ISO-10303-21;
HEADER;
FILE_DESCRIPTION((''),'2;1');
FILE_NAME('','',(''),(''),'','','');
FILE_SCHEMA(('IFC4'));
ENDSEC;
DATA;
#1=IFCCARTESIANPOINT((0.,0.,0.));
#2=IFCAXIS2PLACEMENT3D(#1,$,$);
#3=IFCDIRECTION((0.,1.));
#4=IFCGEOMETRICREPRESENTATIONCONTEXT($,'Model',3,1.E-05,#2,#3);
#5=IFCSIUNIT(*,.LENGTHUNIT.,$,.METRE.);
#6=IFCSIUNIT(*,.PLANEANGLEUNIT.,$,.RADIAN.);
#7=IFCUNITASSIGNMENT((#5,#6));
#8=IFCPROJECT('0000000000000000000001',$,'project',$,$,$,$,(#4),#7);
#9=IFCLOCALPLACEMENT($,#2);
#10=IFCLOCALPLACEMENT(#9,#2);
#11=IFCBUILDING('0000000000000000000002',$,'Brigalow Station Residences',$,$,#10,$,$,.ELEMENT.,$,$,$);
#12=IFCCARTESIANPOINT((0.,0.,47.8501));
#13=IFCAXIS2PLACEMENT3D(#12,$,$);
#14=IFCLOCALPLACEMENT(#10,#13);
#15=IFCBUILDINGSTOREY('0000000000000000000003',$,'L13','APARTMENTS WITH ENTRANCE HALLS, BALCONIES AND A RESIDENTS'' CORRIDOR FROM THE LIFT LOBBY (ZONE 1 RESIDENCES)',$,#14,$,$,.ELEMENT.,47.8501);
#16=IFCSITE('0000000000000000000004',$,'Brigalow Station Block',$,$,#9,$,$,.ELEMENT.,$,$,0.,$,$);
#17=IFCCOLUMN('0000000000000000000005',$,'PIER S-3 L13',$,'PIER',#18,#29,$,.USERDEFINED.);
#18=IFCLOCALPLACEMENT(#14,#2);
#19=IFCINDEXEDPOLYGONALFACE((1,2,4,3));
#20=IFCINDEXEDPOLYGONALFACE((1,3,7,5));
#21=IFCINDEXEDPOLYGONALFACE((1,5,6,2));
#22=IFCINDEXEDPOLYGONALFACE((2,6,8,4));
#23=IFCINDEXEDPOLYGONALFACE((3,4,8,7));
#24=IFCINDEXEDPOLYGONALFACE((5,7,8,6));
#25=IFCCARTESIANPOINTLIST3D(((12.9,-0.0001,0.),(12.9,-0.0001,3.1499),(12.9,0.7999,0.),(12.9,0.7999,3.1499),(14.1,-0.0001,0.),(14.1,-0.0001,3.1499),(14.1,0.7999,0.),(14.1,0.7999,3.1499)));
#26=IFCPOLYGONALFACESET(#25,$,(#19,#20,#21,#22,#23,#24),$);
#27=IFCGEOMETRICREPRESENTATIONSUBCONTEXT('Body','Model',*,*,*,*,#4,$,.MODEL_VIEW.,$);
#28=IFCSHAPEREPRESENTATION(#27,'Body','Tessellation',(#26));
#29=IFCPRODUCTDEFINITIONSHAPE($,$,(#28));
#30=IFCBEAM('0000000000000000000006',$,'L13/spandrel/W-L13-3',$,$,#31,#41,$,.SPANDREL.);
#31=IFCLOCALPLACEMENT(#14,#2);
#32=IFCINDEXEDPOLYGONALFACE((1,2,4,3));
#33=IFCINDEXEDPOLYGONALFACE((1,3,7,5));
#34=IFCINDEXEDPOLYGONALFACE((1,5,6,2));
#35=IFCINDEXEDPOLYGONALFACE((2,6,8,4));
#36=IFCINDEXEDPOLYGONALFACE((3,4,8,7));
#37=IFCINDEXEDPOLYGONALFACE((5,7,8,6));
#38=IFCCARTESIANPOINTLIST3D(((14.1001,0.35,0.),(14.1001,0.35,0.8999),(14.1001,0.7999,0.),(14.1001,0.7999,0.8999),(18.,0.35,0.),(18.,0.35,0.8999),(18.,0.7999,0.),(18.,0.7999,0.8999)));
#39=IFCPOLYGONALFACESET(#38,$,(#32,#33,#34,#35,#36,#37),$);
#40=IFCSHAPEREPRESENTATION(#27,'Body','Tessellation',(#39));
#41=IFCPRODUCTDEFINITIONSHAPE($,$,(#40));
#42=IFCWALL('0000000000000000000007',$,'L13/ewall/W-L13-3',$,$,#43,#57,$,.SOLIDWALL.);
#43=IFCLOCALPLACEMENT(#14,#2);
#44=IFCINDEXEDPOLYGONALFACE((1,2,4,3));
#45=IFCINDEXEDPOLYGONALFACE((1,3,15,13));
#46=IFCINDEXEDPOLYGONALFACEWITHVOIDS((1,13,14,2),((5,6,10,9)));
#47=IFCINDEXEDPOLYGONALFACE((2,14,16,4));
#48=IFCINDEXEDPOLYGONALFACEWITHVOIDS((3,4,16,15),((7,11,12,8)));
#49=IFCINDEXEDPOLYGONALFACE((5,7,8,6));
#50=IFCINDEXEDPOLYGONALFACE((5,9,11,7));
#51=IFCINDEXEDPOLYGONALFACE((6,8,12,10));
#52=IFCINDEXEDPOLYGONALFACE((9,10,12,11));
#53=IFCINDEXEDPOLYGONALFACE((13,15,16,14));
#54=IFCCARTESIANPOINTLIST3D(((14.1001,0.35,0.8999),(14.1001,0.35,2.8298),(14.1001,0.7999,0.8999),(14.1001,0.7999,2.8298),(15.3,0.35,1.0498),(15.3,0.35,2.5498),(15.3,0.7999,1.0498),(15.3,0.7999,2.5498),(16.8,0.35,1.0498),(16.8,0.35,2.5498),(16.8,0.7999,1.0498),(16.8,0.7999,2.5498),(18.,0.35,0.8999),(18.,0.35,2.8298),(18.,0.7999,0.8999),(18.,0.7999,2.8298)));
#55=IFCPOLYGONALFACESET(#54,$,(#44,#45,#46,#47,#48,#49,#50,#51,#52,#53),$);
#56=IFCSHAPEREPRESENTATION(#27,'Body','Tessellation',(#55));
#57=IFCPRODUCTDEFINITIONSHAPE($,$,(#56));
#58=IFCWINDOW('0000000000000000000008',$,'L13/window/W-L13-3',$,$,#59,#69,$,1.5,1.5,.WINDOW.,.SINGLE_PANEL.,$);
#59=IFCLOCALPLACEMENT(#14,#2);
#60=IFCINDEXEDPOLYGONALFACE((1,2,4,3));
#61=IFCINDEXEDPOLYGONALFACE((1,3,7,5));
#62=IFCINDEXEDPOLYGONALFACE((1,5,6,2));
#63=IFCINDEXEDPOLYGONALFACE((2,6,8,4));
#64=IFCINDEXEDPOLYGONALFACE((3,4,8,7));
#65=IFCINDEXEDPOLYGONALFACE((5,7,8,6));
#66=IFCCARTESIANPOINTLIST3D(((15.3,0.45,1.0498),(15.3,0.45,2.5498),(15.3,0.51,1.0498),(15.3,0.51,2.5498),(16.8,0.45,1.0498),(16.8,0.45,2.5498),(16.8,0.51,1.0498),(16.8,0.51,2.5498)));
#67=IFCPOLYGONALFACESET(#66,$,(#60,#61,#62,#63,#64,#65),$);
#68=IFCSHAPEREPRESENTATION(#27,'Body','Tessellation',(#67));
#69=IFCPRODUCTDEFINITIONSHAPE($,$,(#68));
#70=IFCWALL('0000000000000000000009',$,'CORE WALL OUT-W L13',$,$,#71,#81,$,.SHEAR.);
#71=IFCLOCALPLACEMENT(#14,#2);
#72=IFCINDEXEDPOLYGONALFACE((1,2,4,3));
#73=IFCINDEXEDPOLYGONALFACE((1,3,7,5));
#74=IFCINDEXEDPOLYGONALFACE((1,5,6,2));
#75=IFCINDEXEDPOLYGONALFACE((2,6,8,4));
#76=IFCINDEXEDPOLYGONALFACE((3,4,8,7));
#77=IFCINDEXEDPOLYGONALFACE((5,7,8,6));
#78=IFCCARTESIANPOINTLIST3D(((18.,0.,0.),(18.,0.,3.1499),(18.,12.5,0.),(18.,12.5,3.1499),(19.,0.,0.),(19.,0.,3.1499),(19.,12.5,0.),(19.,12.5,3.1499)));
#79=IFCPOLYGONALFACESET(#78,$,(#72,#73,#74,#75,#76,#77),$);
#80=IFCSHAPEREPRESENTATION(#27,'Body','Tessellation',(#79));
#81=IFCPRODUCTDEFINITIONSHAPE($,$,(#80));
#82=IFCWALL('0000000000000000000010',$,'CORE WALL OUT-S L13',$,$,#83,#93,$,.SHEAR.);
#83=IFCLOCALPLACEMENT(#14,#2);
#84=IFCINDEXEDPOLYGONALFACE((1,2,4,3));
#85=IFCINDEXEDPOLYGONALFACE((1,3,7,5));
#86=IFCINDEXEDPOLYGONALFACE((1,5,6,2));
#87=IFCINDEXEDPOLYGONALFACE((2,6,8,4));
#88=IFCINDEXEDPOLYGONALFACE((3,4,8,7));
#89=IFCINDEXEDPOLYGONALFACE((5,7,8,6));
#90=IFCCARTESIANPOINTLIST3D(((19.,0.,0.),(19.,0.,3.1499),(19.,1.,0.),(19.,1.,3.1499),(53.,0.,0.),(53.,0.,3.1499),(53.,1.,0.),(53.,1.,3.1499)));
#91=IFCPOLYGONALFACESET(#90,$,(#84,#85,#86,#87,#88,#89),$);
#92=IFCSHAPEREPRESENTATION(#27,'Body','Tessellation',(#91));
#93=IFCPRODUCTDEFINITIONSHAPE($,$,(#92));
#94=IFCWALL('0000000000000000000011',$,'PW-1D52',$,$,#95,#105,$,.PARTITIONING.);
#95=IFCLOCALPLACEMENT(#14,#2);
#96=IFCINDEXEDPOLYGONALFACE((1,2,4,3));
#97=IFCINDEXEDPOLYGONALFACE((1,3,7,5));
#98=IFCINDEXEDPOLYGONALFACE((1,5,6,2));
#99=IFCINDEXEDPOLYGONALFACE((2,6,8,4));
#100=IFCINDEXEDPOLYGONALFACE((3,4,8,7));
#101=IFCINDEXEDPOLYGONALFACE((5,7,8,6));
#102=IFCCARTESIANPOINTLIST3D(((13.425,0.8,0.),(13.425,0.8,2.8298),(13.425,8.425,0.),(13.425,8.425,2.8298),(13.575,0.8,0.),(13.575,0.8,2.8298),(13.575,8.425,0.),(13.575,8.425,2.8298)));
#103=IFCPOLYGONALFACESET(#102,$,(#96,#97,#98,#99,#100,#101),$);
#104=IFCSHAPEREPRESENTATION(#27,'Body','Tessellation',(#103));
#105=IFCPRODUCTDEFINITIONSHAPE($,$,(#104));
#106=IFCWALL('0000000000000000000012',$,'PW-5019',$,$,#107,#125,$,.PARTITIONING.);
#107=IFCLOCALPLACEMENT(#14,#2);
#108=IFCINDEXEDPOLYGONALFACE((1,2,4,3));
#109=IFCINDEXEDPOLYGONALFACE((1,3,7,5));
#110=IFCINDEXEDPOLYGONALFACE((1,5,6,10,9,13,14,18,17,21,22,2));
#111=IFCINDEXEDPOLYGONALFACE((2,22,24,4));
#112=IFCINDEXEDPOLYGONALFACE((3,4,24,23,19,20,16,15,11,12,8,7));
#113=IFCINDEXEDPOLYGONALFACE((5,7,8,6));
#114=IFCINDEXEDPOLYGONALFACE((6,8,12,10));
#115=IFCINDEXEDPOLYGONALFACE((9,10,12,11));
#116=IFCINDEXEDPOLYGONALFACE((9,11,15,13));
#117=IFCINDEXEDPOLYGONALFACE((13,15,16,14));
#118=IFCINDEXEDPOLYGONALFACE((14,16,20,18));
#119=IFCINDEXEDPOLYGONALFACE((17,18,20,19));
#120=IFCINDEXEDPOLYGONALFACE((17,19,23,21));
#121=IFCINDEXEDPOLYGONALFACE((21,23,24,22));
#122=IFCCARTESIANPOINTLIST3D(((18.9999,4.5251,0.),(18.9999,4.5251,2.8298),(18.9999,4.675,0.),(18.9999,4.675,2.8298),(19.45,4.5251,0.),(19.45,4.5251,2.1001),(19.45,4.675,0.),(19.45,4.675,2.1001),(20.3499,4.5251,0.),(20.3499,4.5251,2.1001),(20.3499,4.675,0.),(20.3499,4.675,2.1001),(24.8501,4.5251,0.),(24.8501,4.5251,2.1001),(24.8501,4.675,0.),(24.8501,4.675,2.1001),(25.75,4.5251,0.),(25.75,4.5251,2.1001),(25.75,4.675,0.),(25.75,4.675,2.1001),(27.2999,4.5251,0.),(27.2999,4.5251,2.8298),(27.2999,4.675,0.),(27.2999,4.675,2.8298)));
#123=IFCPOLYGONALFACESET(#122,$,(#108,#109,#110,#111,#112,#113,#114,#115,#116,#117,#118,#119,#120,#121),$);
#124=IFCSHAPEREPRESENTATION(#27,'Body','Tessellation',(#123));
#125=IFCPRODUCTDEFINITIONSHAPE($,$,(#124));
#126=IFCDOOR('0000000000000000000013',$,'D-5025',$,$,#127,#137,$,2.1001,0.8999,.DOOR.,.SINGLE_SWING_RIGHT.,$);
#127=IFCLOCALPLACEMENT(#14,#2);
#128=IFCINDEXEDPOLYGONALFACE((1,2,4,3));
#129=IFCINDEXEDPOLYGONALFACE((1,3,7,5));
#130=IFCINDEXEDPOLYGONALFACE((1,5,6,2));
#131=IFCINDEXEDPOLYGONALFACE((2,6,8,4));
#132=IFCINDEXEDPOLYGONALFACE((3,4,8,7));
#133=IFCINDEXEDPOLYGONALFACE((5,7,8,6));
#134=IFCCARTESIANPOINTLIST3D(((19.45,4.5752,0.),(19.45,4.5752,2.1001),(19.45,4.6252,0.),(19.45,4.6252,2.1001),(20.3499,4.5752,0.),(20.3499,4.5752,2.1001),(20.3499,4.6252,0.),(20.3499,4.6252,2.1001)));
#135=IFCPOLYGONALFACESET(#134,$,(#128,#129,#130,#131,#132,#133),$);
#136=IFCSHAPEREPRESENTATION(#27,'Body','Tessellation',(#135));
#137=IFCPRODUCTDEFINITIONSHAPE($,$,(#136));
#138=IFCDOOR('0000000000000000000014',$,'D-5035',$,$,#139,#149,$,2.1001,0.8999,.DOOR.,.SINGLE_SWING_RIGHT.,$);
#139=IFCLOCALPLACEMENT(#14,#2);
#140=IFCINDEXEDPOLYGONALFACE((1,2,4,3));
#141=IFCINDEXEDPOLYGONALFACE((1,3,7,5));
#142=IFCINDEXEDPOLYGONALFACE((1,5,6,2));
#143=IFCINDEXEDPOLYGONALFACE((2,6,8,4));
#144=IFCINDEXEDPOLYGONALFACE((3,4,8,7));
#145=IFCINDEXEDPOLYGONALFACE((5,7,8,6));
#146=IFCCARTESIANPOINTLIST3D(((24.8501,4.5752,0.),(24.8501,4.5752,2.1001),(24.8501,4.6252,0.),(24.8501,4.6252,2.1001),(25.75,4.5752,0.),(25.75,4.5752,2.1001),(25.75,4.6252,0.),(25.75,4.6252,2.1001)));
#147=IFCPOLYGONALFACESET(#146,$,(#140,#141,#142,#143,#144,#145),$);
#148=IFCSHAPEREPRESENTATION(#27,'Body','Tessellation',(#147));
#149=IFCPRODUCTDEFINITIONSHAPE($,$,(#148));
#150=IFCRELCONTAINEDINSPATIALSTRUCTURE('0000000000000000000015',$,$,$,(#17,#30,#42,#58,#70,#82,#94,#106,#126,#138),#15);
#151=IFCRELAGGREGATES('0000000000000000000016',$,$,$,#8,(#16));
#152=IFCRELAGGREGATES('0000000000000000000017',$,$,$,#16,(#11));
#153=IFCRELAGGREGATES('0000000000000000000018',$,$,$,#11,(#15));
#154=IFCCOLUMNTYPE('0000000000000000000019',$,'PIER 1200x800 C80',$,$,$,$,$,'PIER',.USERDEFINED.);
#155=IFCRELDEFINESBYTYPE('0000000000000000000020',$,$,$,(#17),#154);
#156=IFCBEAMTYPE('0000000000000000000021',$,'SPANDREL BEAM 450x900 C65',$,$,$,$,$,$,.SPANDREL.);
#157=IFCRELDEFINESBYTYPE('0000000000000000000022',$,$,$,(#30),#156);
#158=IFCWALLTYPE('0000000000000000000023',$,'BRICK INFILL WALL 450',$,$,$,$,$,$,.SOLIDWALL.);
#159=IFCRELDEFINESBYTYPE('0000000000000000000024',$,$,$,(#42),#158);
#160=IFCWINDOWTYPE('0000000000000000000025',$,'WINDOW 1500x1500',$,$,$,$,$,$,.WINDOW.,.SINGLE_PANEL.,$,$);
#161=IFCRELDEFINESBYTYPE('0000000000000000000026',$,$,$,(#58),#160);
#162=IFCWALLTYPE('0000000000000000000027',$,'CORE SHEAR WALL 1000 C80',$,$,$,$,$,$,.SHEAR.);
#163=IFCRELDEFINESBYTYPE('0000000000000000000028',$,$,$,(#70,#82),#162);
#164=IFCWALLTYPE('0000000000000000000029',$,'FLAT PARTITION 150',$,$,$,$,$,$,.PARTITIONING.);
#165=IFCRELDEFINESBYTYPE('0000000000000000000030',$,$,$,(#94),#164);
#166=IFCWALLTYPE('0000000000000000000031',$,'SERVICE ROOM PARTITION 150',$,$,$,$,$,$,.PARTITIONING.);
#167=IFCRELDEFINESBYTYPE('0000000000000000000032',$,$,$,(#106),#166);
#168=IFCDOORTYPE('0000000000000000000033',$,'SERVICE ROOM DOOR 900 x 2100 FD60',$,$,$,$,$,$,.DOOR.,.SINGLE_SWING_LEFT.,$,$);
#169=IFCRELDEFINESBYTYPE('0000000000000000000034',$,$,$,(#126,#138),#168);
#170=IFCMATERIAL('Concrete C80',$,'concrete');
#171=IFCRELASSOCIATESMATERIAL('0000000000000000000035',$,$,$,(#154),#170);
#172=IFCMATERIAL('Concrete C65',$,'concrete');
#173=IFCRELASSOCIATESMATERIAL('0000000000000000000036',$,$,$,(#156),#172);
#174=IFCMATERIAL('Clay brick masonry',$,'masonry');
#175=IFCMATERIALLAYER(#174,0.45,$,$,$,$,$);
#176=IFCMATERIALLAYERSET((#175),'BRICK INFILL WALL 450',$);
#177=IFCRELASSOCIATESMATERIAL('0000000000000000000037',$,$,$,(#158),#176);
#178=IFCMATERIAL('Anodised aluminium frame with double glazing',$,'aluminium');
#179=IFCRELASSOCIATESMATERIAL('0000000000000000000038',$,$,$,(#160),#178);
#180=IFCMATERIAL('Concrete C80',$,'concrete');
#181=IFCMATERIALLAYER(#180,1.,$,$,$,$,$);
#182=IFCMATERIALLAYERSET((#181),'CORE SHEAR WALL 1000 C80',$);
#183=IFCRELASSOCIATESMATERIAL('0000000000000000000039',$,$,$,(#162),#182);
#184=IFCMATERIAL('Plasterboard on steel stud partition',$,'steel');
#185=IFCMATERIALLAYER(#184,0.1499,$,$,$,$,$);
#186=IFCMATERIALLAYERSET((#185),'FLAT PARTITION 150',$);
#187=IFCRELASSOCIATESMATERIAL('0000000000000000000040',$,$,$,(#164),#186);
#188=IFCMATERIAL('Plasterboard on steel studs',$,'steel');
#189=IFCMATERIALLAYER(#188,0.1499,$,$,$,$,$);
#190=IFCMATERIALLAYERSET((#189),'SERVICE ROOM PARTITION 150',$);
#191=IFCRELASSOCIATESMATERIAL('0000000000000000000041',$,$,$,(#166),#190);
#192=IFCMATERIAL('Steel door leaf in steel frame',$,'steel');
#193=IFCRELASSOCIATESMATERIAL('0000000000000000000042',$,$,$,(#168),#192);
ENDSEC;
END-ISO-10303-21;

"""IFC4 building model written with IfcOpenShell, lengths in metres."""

from ifc_helpers import new_model, si_unit, direction, frame, frame_2d, origin, origin_2d, place, context, subcontext, project, spatial, rectangle, extrude, material, layer, layer_set, material_profile, profile_set, type_object, element, fill, save


model = new_model("IFC4")

# Units and contexts
model_context = context("Model", 3, precision=1e-05, world=origin(), true_north=direction((0.0, 1.0)))
body_context = subcontext(model_context, "Body", "Model", "MODEL_VIEW")
ifc_project = project(units=[si_unit("LENGTHUNIT", "METRE"), si_unit("PLANEANGLEUNIT", "RADIAN")], contexts=[model_context])

# Site, building, storey
site_placement = place(None, origin())
site = spatial("IfcSite", under=ifc_project, at=site_placement, Name="Brigalow Station Block", CompositionType="ELEMENT", RefElevation=0.0)
building_placement = place(site_placement, origin())
building = spatial("IfcBuilding", under=site, at=building_placement, Name="Brigalow Station Residences", CompositionType="ELEMENT")
storey_placement = place(building_placement, frame((0.0, 0.0, 47.8501)))
storey = spatial("IfcBuildingStorey", under=building, at=storey_placement, Name="L13", Description="APARTMENTS WITH ENTRANCE HALLS, BALCONIES AND A RESIDENTS' CORRIDOR FROM THE LIFT LOBBY (ZONE 1 RESIDENCES)", CompositionType="ELEMENT", Elevation=47.8501)

# Column
ifc_material_1 = material(Name="Concrete C80", Category="concrete")
ifc_material_profile_1 = material_profile(ifc_material_1, rectangle(XDim=1.2, YDim=0.8, at=origin_2d()), Name="RC1200x800")
ifc_profile_set_1 = profile_set([ifc_material_profile_1], Name="Concrete C80")
column_type = type_object("IfcColumnType", Name="PIER 1200x800 C80", ElementType="PIER", PredefinedType="USERDEFINED", material=ifc_profile_set_1)
column_placement = place(storey_placement, frame((13.5, 0.3999, 0.0), z_axis=(0.0, 0.0, 1.0), x_axis=(1.0, 0.0, 0.0)))
element("IfcColumn", 1, at=column_placement, inside=storey, type_object=column_type, Name="PIER S-3 L13", ObjectType="PIER", PredefinedType="USERDEFINED", context=body_context, shape_type="SweptSolid", body=[
    extrude(rectangle(XDim=1.2, YDim=0.8, at=origin_2d()), origin(), (0.0, 0.0, 1.0), 3.1499),
])

# Beam
ifc_material_2 = material(Name="Concrete C65", Category="concrete")
ifc_material_profile_2 = material_profile(ifc_material_2, rectangle(XDim=0.45, YDim=0.8999, at=origin_2d()), Name="RC450x900")
ifc_profile_set_2 = profile_set([ifc_material_profile_2], Name="Concrete C65")
beam_type = type_object("IfcBeamType", Name="SPANDREL BEAM 450x900 C65", PredefinedType="SPANDREL", material=ifc_profile_set_2)
beam_placement = place(storey_placement, frame((14.1001, 0.575, 0.45), z_axis=(1.0, 0.0, 0.0), x_axis=(0.0, 1.0, 0.0)))
element("IfcBeam", 2, at=beam_placement, inside=storey, type_object=beam_type, Name="L13/spandrel/W-L13-3", PredefinedType="SPANDREL", context=body_context, shape_type="SweptSolid", body=[
    extrude(rectangle(XDim=0.45, YDim=0.8999, at=origin_2d()), origin(), (0.0, 0.0, 1.0), 3.8999),
])

# Wall, opening, window
ifc_material_3 = material(Name="Clay brick masonry", Category="masonry")
ifc_layer_1 = layer(ifc_material_3, 0.45)
ifc_layer_set_1 = layer_set([ifc_layer_1], Name="BRICK INFILL WALL 450")
wall_type_1 = type_object("IfcWallType", Name="BRICK INFILL WALL 450", PredefinedType="SOLIDWALL", material=ifc_layer_set_1)
wall_1_placement = place(storey_placement, frame((14.1001, 0.575, 0.8999), z_axis=(0.0, 0.0, 1.0), x_axis=(1.0, 0.0, 0.0)))
wall_1 = element("IfcWall", 3, at=wall_1_placement, inside=storey, type_object=wall_type_1, Name="L13/ewall/W-L13-3", PredefinedType="SOLIDWALL", context=body_context, shape_type="SweptSolid", body=[
    extrude(rectangle(XDim=3.8999, YDim=0.45, at=frame_2d((1.95, 0.0))), origin(), (0.0, 0.0, 1.0), 1.9299),
])
opening_1_placement = place(wall_1_placement, frame((1.2, 0.0, 0.1499)))
opening_1 = element("IfcOpeningElement", 4, at=opening_1_placement, cuts=wall_1, PredefinedType="OPENING", context=body_context, shape_type="SweptSolid", body=[
    extrude(rectangle(XDim=1.5, YDim=1.5, at=frame_2d((0.75, 0.75))), frame((0.0, 0.2349, 0.0), z_axis=(0.0, -1.0, 0.0), x_axis=(1.0, 0.0, 0.0)), (0.0, 0.0, 1.0), 0.47),
])
ifc_material_4 = material(Name="Anodised aluminium frame with double glazing", Category="aluminium")
window_type = type_object("IfcWindowType", Name="WINDOW 1500x1500", PartitioningType="SINGLE_PANEL", PredefinedType="WINDOW", material=ifc_material_4)
window_placement = place(opening_1_placement, origin())
window = element("IfcWindow", 5, at=window_placement, inside=storey, type_object=window_type, Name="L13/window/W-L13-3", OverallHeight=1.5, OverallWidth=1.5, PartitioningType="SINGLE_PANEL", PredefinedType="WINDOW", context=body_context, shape_type="SweptSolid", body=[
    extrude(rectangle(XDim=1.5, YDim=1.5, at=frame_2d((0.75, 0.75))), frame((0.0, -0.0649, 0.0), z_axis=(0.0, -1.0, 0.0), x_axis=(1.0, 0.0, 0.0)), (0.0, 0.0, 1.0), 0.0601),
])
fill(opening_1, window)

# Walls
ifc_material_5 = material(Name="Concrete C80", Category="concrete")
ifc_layer_2 = layer(ifc_material_5, 1.0)
ifc_layer_set_2 = layer_set([ifc_layer_2], Name="CORE SHEAR WALL 1000 C80")
wall_type_2 = type_object("IfcWallType", Name="CORE SHEAR WALL 1000 C80", PredefinedType="SHEAR", material=ifc_layer_set_2)
wall_2_placement = place(storey_placement, frame((18.5, 0.0, 0.0), z_axis=(0.0, 0.0, 1.0), x_axis=(0.0, 1.0, 0.0)))
element("IfcWall", 6, at=wall_2_placement, inside=storey, type_object=wall_type_2, Name="CORE WALL OUT-W L13", PredefinedType="SHEAR", context=body_context, shape_type="SweptSolid", body=[
    extrude(rectangle(XDim=12.5, YDim=1.0, at=frame_2d((6.25, 0.0))), origin(), (0.0, 0.0, 1.0), 3.1499),
])
wall_3_placement = place(storey_placement, frame((19.0, 0.5, 0.0), z_axis=(0.0, 0.0, 1.0), x_axis=(1.0, 0.0, 0.0)))
element("IfcWall", 7, at=wall_3_placement, inside=storey, type_object=wall_type_2, Name="CORE WALL OUT-S L13", PredefinedType="SHEAR", context=body_context, shape_type="SweptSolid", body=[
    extrude(rectangle(XDim=34.0, YDim=1.0, at=frame_2d((17.0, 0.0))), origin(), (0.0, 0.0, 1.0), 3.1499),
])
ifc_material_6 = material(Name="Plasterboard on steel stud partition", Category="steel")
ifc_layer_3 = layer(ifc_material_6, 0.1499)
ifc_layer_set_3 = layer_set([ifc_layer_3], Name="FLAT PARTITION 150")
wall_type_3 = type_object("IfcWallType", Name="FLAT PARTITION 150", PredefinedType="PARTITIONING", material=ifc_layer_set_3)
wall_4_placement = place(storey_placement, frame((13.5, 0.8, 0.0), z_axis=(0.0, 0.0, 1.0), x_axis=(0.0, 1.0, 0.0)))
element("IfcWall", 8, at=wall_4_placement, inside=storey, type_object=wall_type_3, Name="PW-1D52", PredefinedType="PARTITIONING", context=body_context, shape_type="SweptSolid", body=[
    extrude(rectangle(XDim=7.625, YDim=0.1499, at=frame_2d((3.8125, 0.0))), origin(), (0.0, 0.0, 1.0), 2.8298),
])

# Wall, openings, doors
ifc_material_7 = material(Name="Plasterboard on steel studs", Category="steel")
ifc_layer_4 = layer(ifc_material_7, 0.1499)
ifc_layer_set_4 = layer_set([ifc_layer_4], Name="SERVICE ROOM PARTITION 150")
wall_type_4 = type_object("IfcWallType", Name="SERVICE ROOM PARTITION 150", PredefinedType="PARTITIONING", material=ifc_layer_set_4)
wall_5_placement = place(storey_placement, frame((19.0, 4.6001, 0.0), z_axis=(0.0, 0.0, 1.0), x_axis=(1.0, 0.0, 0.0)))
wall_5 = element("IfcWall", 9, at=wall_5_placement, inside=storey, type_object=wall_type_4, Name="PW-5019", PredefinedType="PARTITIONING", context=body_context, shape_type="SweptSolid", body=[
    extrude(rectangle(XDim=8.3, YDim=0.1499, at=frame_2d((4.1499, 0.0))), origin(), (0.0, 0.0, 1.0), 2.8298),
])
opening_2_placement = place(wall_5_placement, frame((0.45, 0.0, 0.0)))
opening_2 = element("IfcOpeningElement", 10, at=opening_2_placement, cuts=wall_5, PredefinedType="OPENING", context=body_context, shape_type="SweptSolid", body=[
    extrude(rectangle(XDim=0.8999, YDim=2.1001, at=frame_2d((0.45, 1.05))), frame((0.0, 0.085, 0.0), z_axis=(0.0, -1.0, 0.0), x_axis=(1.0, 0.0, 0.0)), (0.0, 0.0, 1.0), 0.1699),
])
opening_3_placement = place(wall_5_placement, frame((5.8501, 0.0, 0.0)))
opening_3 = element("IfcOpeningElement", 11, at=opening_3_placement, cuts=wall_5, PredefinedType="OPENING", context=body_context, shape_type="SweptSolid", body=[
    extrude(rectangle(XDim=0.8999, YDim=2.1001, at=frame_2d((0.45, 1.05))), frame((0.0, 0.085, 0.0), z_axis=(0.0, -1.0, 0.0), x_axis=(1.0, 0.0, 0.0)), (0.0, 0.0, 1.0), 0.1699),
])
ifc_material_8 = material(Name="Steel door leaf in steel frame", Category="steel")
door_type = type_object("IfcDoorType", Name="SERVICE ROOM DOOR 900 x 2100 FD60", OperationType="SINGLE_SWING_LEFT", PredefinedType="DOOR", material=ifc_material_8)
door_1_placement = place(opening_2_placement, frame((0.8999, 0.0, 0.0), z_axis=(0.0, 0.0, 1.0), x_axis=(-1.0, 0.0, 0.0)))
door_1 = element("IfcDoor", 12, at=door_1_placement, inside=storey, type_object=door_type, Name="D-5025", OperationType="SINGLE_SWING_RIGHT", OverallHeight=2.1001, OverallWidth=0.8999, PredefinedType="DOOR", context=body_context, shape_type="SweptSolid", body=[
    extrude(rectangle(XDim=0.8999, YDim=2.1001, at=frame_2d((0.45, 1.05))), frame((0.0, 0.0249, 0.0), z_axis=(0.0, -1.0, 0.0), x_axis=(1.0, 0.0, 0.0)), (0.0, 0.0, 1.0), 0.05),
])
fill(opening_2, door_1)
door_2_placement = place(opening_3_placement, frame((0.8999, 0.0, 0.0), z_axis=(0.0, 0.0, 1.0), x_axis=(-1.0, 0.0, 0.0)))
door_2 = element("IfcDoor", 13, at=door_2_placement, inside=storey, type_object=door_type, Name="D-5035", OperationType="SINGLE_SWING_RIGHT", OverallHeight=2.1001, OverallWidth=0.8999, PredefinedType="DOOR", context=body_context, shape_type="SweptSolid", body=[
    extrude(rectangle(XDim=0.8999, YDim=2.1001, at=frame_2d((0.45, 1.05))), frame((0.0, 0.0249, 0.0), z_axis=(0.0, -1.0, 0.0), x_axis=(1.0, 0.0, 0.0)), (0.0, 0.0, 1.0), 0.05),
])
fill(opening_3, door_2)

save(model, "model.ifc")
